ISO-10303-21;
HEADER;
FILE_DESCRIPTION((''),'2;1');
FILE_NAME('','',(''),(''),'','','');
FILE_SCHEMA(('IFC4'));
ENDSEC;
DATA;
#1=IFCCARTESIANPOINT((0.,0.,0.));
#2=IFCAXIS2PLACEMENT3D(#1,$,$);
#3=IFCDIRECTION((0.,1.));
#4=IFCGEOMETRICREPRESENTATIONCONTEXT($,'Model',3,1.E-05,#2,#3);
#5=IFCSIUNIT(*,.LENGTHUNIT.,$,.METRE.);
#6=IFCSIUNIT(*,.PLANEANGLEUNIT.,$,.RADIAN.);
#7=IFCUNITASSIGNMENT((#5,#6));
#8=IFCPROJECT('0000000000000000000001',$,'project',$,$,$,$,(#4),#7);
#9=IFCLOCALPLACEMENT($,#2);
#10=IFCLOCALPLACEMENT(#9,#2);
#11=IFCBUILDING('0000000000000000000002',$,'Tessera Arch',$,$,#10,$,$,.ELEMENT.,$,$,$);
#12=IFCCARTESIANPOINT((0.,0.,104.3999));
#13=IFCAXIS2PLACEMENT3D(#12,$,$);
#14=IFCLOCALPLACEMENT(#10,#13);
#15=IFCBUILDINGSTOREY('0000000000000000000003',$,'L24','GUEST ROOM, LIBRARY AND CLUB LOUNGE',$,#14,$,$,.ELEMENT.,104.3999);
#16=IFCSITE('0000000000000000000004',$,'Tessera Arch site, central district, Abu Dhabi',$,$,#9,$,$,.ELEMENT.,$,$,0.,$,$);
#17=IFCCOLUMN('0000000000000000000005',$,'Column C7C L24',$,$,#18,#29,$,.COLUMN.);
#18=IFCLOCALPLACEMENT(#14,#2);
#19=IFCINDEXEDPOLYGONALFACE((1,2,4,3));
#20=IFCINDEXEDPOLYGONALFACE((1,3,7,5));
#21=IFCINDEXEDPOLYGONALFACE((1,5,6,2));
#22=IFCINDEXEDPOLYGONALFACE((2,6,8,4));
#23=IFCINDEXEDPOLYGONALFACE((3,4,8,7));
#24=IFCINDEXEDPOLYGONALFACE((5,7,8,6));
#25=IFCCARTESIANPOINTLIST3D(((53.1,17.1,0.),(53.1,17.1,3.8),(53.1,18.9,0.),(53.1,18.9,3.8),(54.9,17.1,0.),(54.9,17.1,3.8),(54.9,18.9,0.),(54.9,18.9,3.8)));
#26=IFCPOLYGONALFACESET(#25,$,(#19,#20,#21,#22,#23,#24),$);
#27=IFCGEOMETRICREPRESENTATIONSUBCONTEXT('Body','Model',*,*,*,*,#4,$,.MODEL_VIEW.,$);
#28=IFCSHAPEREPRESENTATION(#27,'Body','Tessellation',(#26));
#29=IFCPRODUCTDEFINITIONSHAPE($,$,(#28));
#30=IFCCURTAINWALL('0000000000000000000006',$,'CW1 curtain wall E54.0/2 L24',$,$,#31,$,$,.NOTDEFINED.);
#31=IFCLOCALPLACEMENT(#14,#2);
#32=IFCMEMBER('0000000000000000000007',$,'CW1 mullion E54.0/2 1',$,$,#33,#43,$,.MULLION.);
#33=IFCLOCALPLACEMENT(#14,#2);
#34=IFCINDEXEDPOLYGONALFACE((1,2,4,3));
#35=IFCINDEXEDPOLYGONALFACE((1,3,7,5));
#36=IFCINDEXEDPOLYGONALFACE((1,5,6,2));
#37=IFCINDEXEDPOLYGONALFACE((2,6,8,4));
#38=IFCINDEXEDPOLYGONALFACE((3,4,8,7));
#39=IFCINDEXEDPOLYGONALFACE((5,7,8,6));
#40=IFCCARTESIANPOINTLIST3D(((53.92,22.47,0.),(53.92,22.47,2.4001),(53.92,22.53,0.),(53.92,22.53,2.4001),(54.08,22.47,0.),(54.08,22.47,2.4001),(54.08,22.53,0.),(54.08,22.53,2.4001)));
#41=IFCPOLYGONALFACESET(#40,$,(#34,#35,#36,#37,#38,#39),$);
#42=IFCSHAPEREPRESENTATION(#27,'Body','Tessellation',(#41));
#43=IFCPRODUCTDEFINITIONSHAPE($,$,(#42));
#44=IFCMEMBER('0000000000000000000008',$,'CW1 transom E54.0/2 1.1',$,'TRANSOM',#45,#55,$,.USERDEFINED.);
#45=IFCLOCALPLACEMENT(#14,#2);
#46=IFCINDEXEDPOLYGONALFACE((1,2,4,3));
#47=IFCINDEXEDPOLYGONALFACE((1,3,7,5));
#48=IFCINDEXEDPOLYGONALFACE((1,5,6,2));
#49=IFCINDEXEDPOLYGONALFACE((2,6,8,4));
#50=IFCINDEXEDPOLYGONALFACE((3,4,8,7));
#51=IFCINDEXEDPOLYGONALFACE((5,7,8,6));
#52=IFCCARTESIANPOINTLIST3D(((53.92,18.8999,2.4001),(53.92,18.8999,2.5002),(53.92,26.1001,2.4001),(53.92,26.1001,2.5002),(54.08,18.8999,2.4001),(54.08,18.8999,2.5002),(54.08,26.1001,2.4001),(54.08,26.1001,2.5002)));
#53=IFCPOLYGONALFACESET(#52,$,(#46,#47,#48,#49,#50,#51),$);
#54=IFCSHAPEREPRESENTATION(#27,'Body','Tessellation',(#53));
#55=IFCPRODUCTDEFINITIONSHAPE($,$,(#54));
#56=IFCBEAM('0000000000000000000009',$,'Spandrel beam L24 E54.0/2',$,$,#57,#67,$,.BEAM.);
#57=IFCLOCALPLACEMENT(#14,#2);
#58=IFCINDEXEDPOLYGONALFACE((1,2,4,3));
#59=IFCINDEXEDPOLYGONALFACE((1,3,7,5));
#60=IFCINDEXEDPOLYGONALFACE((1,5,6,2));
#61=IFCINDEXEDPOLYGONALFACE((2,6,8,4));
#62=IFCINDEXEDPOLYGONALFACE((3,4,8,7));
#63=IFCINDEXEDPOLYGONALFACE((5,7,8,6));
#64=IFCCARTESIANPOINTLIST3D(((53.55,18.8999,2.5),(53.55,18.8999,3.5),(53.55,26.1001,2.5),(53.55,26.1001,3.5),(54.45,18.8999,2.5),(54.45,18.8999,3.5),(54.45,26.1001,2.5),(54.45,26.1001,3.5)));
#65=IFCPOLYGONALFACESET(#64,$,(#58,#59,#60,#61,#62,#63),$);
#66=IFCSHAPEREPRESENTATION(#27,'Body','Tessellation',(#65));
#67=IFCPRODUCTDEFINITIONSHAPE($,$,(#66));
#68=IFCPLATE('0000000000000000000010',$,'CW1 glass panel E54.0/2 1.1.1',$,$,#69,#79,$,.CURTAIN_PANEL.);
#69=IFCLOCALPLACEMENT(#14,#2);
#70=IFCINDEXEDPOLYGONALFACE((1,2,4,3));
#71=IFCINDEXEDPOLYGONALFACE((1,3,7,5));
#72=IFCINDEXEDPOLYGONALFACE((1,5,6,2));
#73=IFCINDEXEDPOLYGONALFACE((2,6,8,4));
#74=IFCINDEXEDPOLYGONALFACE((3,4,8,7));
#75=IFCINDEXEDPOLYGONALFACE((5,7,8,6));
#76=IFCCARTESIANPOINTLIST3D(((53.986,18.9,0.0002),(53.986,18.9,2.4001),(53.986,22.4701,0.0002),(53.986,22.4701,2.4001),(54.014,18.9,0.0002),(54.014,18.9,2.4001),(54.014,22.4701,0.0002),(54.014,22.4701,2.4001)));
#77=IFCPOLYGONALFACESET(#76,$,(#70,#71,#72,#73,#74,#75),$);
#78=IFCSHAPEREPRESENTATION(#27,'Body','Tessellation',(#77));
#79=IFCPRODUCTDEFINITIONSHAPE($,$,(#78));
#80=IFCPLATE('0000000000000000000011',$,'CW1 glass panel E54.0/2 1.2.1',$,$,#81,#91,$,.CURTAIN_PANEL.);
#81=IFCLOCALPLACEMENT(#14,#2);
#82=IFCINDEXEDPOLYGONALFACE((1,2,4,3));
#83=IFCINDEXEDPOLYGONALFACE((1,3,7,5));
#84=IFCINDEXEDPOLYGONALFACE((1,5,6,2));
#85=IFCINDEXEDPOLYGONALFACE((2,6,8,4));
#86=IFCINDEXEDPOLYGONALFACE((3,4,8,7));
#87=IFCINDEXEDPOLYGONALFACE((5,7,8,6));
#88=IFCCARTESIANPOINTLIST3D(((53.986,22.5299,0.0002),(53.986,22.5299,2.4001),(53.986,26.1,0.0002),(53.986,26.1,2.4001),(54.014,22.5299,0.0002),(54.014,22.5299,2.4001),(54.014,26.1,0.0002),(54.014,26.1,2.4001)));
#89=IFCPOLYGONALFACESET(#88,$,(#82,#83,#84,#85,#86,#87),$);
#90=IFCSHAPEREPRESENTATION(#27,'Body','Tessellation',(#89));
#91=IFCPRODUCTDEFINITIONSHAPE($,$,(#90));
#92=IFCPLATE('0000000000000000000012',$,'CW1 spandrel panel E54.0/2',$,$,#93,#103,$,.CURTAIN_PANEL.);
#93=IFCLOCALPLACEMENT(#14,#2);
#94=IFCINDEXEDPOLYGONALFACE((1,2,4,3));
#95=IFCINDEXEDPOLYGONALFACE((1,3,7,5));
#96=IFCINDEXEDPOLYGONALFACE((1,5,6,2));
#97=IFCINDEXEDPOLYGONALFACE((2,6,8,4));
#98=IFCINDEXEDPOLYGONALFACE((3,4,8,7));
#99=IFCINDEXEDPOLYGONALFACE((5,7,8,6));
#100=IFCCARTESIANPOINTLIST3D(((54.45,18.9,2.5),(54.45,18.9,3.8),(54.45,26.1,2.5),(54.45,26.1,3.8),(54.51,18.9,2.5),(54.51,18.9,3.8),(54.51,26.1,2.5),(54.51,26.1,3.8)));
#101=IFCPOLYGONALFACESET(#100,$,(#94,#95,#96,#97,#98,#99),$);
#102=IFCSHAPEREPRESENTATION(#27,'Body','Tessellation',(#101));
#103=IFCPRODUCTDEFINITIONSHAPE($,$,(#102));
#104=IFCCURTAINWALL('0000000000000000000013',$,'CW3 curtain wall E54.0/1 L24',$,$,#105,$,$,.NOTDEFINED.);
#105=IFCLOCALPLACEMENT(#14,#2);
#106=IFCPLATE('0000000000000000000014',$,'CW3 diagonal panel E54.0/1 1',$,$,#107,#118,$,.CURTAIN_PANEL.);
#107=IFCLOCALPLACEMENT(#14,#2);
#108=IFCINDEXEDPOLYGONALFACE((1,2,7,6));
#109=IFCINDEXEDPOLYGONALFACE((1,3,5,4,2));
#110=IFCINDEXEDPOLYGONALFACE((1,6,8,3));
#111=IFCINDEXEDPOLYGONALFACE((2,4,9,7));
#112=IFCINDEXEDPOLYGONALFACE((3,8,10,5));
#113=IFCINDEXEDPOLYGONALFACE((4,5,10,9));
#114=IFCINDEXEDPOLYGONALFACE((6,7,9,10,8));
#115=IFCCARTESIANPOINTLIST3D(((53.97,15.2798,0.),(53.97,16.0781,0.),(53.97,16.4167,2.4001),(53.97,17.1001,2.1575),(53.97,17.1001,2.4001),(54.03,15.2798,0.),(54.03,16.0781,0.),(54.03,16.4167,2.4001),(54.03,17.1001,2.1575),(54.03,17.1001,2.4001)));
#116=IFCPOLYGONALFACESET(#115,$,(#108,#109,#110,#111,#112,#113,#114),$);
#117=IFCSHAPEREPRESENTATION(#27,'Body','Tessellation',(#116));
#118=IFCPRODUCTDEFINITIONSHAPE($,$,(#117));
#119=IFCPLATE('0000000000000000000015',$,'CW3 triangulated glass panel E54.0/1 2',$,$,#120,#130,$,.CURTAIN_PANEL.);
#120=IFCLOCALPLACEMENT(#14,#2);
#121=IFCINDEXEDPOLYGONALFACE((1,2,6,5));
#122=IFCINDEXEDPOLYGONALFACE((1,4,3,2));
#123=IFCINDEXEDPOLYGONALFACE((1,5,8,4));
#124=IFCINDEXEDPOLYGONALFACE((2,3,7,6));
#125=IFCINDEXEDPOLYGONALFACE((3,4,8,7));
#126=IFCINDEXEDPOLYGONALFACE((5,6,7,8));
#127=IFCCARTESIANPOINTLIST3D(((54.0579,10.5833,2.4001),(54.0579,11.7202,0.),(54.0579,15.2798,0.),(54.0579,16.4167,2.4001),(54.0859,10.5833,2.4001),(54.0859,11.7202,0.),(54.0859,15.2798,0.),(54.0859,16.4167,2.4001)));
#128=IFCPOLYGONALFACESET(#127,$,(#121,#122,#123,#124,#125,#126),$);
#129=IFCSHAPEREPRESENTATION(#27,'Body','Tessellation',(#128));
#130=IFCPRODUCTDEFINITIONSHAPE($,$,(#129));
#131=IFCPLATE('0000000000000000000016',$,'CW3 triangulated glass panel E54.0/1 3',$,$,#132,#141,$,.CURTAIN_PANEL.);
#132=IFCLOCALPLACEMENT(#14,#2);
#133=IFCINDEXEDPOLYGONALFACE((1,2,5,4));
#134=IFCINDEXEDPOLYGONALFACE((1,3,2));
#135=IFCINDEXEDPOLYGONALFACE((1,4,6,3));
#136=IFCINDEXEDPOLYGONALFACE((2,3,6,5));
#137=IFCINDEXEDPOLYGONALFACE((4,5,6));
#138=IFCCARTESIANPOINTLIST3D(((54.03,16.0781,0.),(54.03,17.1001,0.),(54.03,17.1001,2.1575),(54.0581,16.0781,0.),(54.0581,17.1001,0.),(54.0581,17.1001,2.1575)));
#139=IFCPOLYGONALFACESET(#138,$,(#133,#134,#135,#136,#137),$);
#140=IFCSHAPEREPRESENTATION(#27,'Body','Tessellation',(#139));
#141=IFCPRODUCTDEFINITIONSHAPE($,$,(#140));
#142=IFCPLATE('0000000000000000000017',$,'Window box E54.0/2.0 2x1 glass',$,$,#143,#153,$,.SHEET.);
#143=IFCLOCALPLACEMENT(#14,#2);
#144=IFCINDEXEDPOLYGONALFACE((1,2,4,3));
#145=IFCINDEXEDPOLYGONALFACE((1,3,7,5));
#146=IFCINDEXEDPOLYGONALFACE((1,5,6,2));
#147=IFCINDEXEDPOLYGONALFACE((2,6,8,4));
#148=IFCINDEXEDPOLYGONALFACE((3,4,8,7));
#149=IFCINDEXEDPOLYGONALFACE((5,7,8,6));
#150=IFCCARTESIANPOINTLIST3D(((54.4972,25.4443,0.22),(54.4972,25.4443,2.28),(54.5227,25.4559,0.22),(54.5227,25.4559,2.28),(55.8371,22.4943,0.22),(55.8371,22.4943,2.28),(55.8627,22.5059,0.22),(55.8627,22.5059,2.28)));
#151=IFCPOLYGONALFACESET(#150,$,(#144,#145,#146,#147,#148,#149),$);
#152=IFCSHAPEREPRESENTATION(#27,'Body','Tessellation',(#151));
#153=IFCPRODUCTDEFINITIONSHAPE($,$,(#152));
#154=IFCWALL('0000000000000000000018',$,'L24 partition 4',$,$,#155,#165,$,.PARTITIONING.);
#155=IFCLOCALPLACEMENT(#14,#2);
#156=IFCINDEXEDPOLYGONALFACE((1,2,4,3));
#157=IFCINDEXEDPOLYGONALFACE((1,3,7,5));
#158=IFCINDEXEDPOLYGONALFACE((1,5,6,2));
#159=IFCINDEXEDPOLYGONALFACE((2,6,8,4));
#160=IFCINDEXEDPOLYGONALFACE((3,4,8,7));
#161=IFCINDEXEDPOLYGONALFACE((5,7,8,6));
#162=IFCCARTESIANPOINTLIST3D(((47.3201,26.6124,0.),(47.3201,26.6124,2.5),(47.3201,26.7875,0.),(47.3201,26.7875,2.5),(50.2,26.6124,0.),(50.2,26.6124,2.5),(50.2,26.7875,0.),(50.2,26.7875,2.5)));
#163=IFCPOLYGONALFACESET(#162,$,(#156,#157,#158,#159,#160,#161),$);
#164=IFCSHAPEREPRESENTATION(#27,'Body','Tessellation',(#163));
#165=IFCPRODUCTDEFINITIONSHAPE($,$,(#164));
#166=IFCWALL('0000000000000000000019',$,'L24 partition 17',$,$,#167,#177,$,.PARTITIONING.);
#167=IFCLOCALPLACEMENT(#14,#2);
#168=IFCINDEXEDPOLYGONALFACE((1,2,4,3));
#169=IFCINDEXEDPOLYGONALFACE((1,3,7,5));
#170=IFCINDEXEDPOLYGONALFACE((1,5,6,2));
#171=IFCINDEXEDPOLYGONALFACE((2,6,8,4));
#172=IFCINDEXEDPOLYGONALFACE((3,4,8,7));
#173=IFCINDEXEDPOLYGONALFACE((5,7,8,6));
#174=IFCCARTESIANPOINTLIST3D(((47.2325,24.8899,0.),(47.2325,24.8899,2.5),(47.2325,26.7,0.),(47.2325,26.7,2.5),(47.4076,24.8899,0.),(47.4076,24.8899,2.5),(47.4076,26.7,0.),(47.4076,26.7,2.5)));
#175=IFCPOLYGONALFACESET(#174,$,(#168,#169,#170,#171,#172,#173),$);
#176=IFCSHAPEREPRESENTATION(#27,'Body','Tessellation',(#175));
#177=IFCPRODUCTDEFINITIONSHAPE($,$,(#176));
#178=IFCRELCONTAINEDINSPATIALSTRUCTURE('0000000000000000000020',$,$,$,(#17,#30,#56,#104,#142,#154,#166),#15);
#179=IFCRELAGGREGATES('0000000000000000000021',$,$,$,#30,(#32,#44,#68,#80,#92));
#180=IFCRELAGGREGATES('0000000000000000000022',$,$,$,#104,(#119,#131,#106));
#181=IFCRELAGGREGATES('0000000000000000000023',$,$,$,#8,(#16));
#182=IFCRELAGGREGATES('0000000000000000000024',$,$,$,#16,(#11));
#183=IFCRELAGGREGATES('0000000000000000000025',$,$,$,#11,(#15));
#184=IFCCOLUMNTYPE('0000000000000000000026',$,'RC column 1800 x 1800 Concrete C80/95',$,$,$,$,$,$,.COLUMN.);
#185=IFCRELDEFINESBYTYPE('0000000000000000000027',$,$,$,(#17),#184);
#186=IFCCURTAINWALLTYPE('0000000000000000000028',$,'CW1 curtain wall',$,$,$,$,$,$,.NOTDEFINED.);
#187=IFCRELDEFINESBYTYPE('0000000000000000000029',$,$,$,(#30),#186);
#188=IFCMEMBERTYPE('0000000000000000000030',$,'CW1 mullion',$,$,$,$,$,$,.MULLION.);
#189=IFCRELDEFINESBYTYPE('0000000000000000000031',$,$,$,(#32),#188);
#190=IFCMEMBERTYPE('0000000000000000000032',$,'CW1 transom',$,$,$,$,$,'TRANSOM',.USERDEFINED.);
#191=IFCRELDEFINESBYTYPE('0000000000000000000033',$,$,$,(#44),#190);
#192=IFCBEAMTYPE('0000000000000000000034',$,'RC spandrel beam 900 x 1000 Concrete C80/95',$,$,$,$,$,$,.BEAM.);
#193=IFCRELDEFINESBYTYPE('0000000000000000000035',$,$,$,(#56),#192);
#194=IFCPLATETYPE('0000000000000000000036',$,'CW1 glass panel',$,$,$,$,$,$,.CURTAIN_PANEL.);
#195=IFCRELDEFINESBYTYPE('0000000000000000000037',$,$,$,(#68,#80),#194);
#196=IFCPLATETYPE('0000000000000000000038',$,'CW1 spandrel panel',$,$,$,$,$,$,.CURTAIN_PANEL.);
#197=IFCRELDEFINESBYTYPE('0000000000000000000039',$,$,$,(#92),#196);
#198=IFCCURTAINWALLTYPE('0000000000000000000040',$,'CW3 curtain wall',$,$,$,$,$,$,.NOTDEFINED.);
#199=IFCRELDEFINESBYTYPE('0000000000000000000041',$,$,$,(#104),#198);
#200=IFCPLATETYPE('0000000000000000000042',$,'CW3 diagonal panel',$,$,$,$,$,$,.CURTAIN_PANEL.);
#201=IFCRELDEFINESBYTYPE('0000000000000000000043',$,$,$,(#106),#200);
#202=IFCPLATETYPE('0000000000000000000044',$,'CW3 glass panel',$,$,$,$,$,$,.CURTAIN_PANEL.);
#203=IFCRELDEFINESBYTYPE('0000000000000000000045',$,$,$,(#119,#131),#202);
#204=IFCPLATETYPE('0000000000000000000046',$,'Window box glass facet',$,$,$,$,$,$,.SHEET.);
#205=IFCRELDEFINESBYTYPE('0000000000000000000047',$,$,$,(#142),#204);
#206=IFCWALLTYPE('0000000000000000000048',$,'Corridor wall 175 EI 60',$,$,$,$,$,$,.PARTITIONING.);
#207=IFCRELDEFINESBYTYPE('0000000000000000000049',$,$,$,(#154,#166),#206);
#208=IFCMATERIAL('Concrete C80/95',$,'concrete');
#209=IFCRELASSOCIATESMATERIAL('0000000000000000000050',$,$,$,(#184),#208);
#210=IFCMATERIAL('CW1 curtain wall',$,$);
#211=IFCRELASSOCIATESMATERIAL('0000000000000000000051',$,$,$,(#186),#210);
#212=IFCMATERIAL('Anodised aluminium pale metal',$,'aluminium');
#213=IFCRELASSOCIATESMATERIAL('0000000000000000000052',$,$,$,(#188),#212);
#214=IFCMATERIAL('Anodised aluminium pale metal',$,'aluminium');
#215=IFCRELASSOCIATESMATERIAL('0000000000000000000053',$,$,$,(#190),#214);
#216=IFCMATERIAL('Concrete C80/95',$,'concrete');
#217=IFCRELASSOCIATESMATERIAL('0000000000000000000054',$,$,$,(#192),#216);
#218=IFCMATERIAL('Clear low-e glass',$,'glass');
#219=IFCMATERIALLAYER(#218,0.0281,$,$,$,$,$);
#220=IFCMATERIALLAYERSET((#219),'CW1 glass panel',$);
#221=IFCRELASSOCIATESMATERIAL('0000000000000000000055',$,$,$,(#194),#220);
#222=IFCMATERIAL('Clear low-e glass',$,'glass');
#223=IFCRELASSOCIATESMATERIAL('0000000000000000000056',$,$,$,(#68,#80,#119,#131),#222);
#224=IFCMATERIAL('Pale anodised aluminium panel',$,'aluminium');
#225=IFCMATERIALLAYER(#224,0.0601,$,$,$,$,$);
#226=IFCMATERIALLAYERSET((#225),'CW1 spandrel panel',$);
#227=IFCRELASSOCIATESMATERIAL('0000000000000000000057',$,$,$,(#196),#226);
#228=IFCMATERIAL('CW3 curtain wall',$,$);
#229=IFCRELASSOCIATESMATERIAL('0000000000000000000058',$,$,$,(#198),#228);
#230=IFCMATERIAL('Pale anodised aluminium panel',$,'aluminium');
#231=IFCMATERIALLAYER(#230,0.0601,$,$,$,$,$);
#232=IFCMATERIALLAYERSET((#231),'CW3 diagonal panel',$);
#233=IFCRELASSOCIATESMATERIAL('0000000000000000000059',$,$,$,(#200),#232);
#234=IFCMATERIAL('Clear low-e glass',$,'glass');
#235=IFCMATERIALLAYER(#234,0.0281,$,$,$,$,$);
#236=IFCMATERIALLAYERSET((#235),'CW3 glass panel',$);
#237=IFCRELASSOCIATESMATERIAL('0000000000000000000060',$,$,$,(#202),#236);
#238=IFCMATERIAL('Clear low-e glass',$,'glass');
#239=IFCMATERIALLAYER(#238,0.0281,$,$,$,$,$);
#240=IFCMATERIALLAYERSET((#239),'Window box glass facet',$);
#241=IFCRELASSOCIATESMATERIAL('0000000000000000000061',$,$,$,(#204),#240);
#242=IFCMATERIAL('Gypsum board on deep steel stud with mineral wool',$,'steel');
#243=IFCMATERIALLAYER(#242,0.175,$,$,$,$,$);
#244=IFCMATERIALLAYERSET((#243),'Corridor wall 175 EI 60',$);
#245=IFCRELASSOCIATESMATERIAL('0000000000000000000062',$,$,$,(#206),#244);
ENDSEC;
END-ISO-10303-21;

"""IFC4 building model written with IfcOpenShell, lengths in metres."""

from ifc_helpers import new_model, si_unit, direction, frame, frame_2d, origin, origin_2d, place, context, subcontext, project, spatial, polyline, rectangle, outline, extrude, material, layer, layer_set, material_profile, profile_set, type_object, element, aggregate, save


model = new_model("IFC4")

# Units and contexts
model_context = context("Model", 3, precision=1e-05, world=origin(), true_north=direction((0.0, 1.0)))
body_context = subcontext(model_context, "Body", "Model", "MODEL_VIEW")
ifc_project = project(units=[si_unit("LENGTHUNIT", "METRE"), si_unit("PLANEANGLEUNIT", "RADIAN")], contexts=[model_context])

# Site, building, storey
site_placement = place(None, origin())
site = spatial("IfcSite", under=ifc_project, at=site_placement, Name="Tessera Arch site, central district, Abu Dhabi", CompositionType="ELEMENT", RefElevation=0.0)
building_placement = place(site_placement, origin())
building = spatial("IfcBuilding", under=site, at=building_placement, Name="Tessera Arch", CompositionType="ELEMENT")
storey_placement = place(building_placement, frame((0.0, 0.0, 104.3999)))
storey = spatial("IfcBuildingStorey", under=building, at=storey_placement, Name="L24", Description="GUEST ROOM, LIBRARY AND CLUB LOUNGE", CompositionType="ELEMENT", Elevation=104.3999)

# Column
ifc_material_1 = material(Name="Concrete C80/95", Category="concrete")
ifc_material_profile_1 = material_profile(ifc_material_1, rectangle(XDim=1.8, YDim=1.8, at=origin_2d()), Name="RC column 1800 x 1800 Concrete C80/95")
ifc_profile_set_1 = profile_set([ifc_material_profile_1], Name="Concrete C80/95")
column_type = type_object("IfcColumnType", Name="RC column 1800 x 1800 Concrete C80/95", PredefinedType="COLUMN", material=ifc_profile_set_1)
column_placement = place(storey_placement, frame((54.0, 18.0, 0.0), z_axis=(0.0, 0.0, 1.0), x_axis=(1.0, 0.0, 0.0)))
element("IfcColumn", 1, at=column_placement, inside=storey, type_object=column_type, Name="Column C7C L24", PredefinedType="COLUMN", context=body_context, shape_type="SweptSolid", body=[
    extrude(rectangle(XDim=1.8, YDim=1.8, at=origin_2d()), origin(), (0.0, 0.0, 1.0), 3.8),
])

# Curtain wall, members
ifc_material_2 = material(Name="CW1 curtain wall")
curtain_wall_type_1 = type_object("IfcCurtainWallType", Name="CW1 curtain wall", PredefinedType="NOTDEFINED", material=ifc_material_2)
curtain_wall_1_placement = place(storey_placement, origin())
curtain_wall_1 = element("IfcCurtainWall", 2, at=curtain_wall_1_placement, inside=storey, type_object=curtain_wall_type_1, Name="CW1 curtain wall E54.0/2 L24", PredefinedType="NOTDEFINED")
ifc_material_3 = material(Name="Anodised aluminium pale metal", Category="aluminium")
ifc_material_profile_2 = material_profile(ifc_material_3, rectangle(XDim=0.1599, YDim=0.0601, at=origin_2d()), Name="AL 60x160")
ifc_profile_set_2 = profile_set([ifc_material_profile_2], Name="Anodised aluminium pale metal")
member_type_1 = type_object("IfcMemberType", Name="CW1 mullion", PredefinedType="MULLION", material=ifc_profile_set_2)
member_1_placement = place(storey_placement, frame((54.0, 22.5, 0.0), z_axis=(0.0, 0.0, 1.0), x_axis=(-1.0, 0.0, 0.0)))
member_1 = element("IfcMember", 3, at=member_1_placement, type_object=member_type_1, Name="CW1 mullion E54.0/2 1", PredefinedType="MULLION", context=body_context, shape_type="SweptSolid", body=[
    extrude(rectangle(XDim=0.1599, YDim=0.0601, at=origin_2d()), origin(), (0.0, 0.0, 1.0), 2.4001),
])
ifc_material_4 = material(Name="Anodised aluminium pale metal", Category="aluminium")
ifc_material_profile_3 = material_profile(ifc_material_4, rectangle(XDim=0.1599, YDim=0.1001, at=origin_2d()), Name="AL 160x100")
ifc_profile_set_3 = profile_set([ifc_material_profile_3], Name="Anodised aluminium pale metal")
member_type_2 = type_object("IfcMemberType", Name="CW1 transom", ElementType="TRANSOM", PredefinedType="USERDEFINED", material=ifc_profile_set_3)
member_2_placement = place(storey_placement, frame((54.0, 18.8999, 2.4502), z_axis=(0.0, 1.0, 0.0), x_axis=(-1.0, 0.0, 0.0)))
member_2 = element("IfcMember", 4, at=member_2_placement, type_object=member_type_2, Name="CW1 transom E54.0/2 1.1", ObjectType="TRANSOM", PredefinedType="USERDEFINED", context=body_context, shape_type="SweptSolid", body=[
    extrude(rectangle(XDim=0.1599, YDim=0.1001, at=origin_2d()), origin(), (0.0, 0.0, 1.0), 7.2002),
])

# Beam
ifc_material_5 = material(Name="Concrete C80/95", Category="concrete")
ifc_material_profile_4 = material_profile(ifc_material_5, rectangle(XDim=0.8999, YDim=1.0, at=origin_2d()), Name="RC spandrel beam 900 x 1000 Concrete C80/95")
ifc_profile_set_4 = profile_set([ifc_material_profile_4], Name="Concrete C80/95")
beam_type = type_object("IfcBeamType", Name="RC spandrel beam 900 x 1000 Concrete C80/95", PredefinedType="BEAM", material=ifc_profile_set_4)
beam_placement = place(storey_placement, frame((54.0, 18.8999, 3.0), z_axis=(0.0, 1.0, 0.0), x_axis=(-1.0, 0.0, 0.0)))
element("IfcBeam", 5, at=beam_placement, inside=storey, type_object=beam_type, Name="Spandrel beam L24 E54.0/2", PredefinedType="BEAM", context=body_context, shape_type="SweptSolid", body=[
    extrude(rectangle(XDim=0.8999, YDim=1.0, at=origin_2d()), origin(), (0.0, 0.0, 1.0), 7.2002),
])

# Plates
ifc_material_6 = material(Name="Clear low-e glass", Category="glass")
ifc_material_7 = material(Name="Clear low-e glass", Category="glass")
ifc_layer_1 = layer(ifc_material_7, 0.0281)
ifc_layer_set_1 = layer_set([ifc_layer_1], Name="CW1 glass panel")
plate_type_1 = type_object("IfcPlateType", Name="CW1 glass panel", PredefinedType="CURTAIN_PANEL", material=ifc_layer_set_1)
plate_1_placement = place(storey_placement, frame((54.0, 20.6851, 0.0002), z_axis=(0.0, 0.0, 1.0), x_axis=(0.0, 1.0, 0.0)))
plate_1 = element("IfcPlate", 6, at=plate_1_placement, type_object=plate_type_1, material=ifc_material_6, Name="CW1 glass panel E54.0/2 1.1.1", PredefinedType="CURTAIN_PANEL", context=body_context, shape_type="SweptSolid", body=[
    extrude(rectangle(XDim=3.5701, YDim=0.0281, at=origin_2d()), origin(), (0.0, 0.0, 1.0), 2.3999),
])
plate_2_placement = place(storey_placement, frame((54.0, 24.3149, 0.0002), z_axis=(0.0, 0.0, 1.0), x_axis=(0.0, 1.0, 0.0)))
plate_2 = element("IfcPlate", 7, at=plate_2_placement, type_object=plate_type_1, material=ifc_material_6, Name="CW1 glass panel E54.0/2 1.2.1", PredefinedType="CURTAIN_PANEL", context=body_context, shape_type="SweptSolid", body=[
    extrude(rectangle(XDim=3.5701, YDim=0.0281, at=origin_2d()), origin(), (0.0, 0.0, 1.0), 2.3999),
])
ifc_material_8 = material(Name="Pale anodised aluminium panel", Category="aluminium")
ifc_layer_2 = layer(ifc_material_8, 0.0601)
ifc_layer_set_2 = layer_set([ifc_layer_2], Name="CW1 spandrel panel")
plate_type_2 = type_object("IfcPlateType", Name="CW1 spandrel panel", PredefinedType="CURTAIN_PANEL", material=ifc_layer_set_2)
plate_3_placement = place(storey_placement, frame((54.48, 22.5, 2.5), z_axis=(0.0, 0.0, 1.0), x_axis=(0.0, 1.0, 0.0)))
plate_3 = element("IfcPlate", 8, at=plate_3_placement, type_object=plate_type_2, Name="CW1 spandrel panel E54.0/2", PredefinedType="CURTAIN_PANEL", context=body_context, shape_type="SweptSolid", body=[
    extrude(rectangle(XDim=7.2, YDim=0.0601, at=origin_2d()), origin(), (0.0, 0.0, 1.0), 1.3),
])
aggregate(curtain_wall_1, [member_1, member_2, plate_1, plate_2, plate_3])

# Curtain wall, plates
ifc_material_9 = material(Name="CW3 curtain wall")
curtain_wall_type_2 = type_object("IfcCurtainWallType", Name="CW3 curtain wall", PredefinedType="NOTDEFINED", material=ifc_material_9)
curtain_wall_2_placement = place(storey_placement, origin())
curtain_wall_2 = element("IfcCurtainWall", 9, at=curtain_wall_2_placement, inside=storey, type_object=curtain_wall_type_2, Name="CW3 curtain wall E54.0/1 L24", PredefinedType="NOTDEFINED")
ifc_material_10 = material(Name="Pale anodised aluminium panel", Category="aluminium")
ifc_layer_3 = layer(ifc_material_10, 0.0601)
ifc_layer_set_3 = layer_set([ifc_layer_3], Name="CW3 diagonal panel")
plate_type_3 = type_object("IfcPlateType", Name="CW3 diagonal panel", PredefinedType="CURTAIN_PANEL", material=ifc_layer_set_3)
plate_4_placement = place(storey_placement, frame((54.03, 17.1001, 2.4001), z_axis=(1.0, 0.0, 0.0), x_axis=(0.0, -1.0, 0.0)))
plate_4 = element("IfcPlate", 10, at=plate_4_placement, type_object=plate_type_3, Name="CW3 diagonal panel E54.0/1 1", PredefinedType="CURTAIN_PANEL", context=body_context, shape_type="SweptSolid", body=[
    extrude(outline(polyline([(0.0, 0.0), (0.6833, 0.0), (1.8203, 2.4001), (1.022, 2.4001), (0.0, 0.2427), (0.0, 0.0)])), origin(), (0.0, 0.0, -1.0), 0.0601),
])
ifc_material_11 = material(Name="Clear low-e glass", Category="glass")
ifc_layer_4 = layer(ifc_material_11, 0.0281)
ifc_layer_set_4 = layer_set([ifc_layer_4], Name="CW3 glass panel")
plate_type_4 = type_object("IfcPlateType", Name="CW3 glass panel", PredefinedType="CURTAIN_PANEL", material=ifc_layer_set_4)
plate_5_placement = place(storey_placement, frame((54.0859, 16.4167, 2.4001), z_axis=(1.0, 0.0, 0.0), x_axis=(0.0, -1.0, 0.0)))
plate_5 = element("IfcPlate", 11, at=plate_5_placement, type_object=plate_type_4, material=ifc_material_6, Name="CW3 triangulated glass panel E54.0/1 2", PredefinedType="CURTAIN_PANEL", context=body_context, shape_type="SweptSolid", body=[
    extrude(outline(polyline([(0.0, 0.0), (5.8335, 0.0), (4.6965, 2.4001), (1.137, 2.4001), (0.0, 0.0)])), origin(), (0.0, 0.0, -1.0), 0.0281),
])
plate_6_placement = place(storey_placement, frame((54.0581, 17.1001, 0.0), z_axis=(1.0, 0.0, 0.0), x_axis=(0.0, 0.0, 1.0)))
plate_6 = element("IfcPlate", 12, at=plate_6_placement, type_object=plate_type_4, material=ifc_material_6, Name="CW3 triangulated glass panel E54.0/1 3", PredefinedType="CURTAIN_PANEL", context=body_context, shape_type="SweptSolid", body=[
    extrude(outline(polyline([(0.0, 0.0), (2.1575, 0.0), (0.0, 1.022), (0.0, 0.0)])), origin(), (0.0, 0.0, -1.0), 0.0281),
])
aggregate(curtain_wall_2, [plate_5, plate_6, plate_4])

# Plate
ifc_material_12 = material(Name="Clear low-e glass", Category="glass")
ifc_layer_5 = layer(ifc_material_12, 0.0281)
ifc_layer_set_5 = layer_set([ifc_layer_5], Name="Window box glass facet")
plate_type_5 = type_object("IfcPlateType", Name="Window box glass facet", PredefinedType="SHEET", material=ifc_layer_set_5)
plate_7_placement = place(storey_placement, frame((55.1799, 23.9751, 0.22), z_axis=(0.0, 0.0, 1.0), x_axis=(0.41357, -0.910472, 0.0)))
element("IfcPlate", 13, at=plate_7_placement, inside=storey, type_object=plate_type_5, Name="Window box E54.0/2.0 2x1 glass", PredefinedType="SHEET", context=body_context, shape_type="SweptSolid", body=[
    extrude(rectangle(XDim=3.24, YDim=0.0281, at=origin_2d()), origin(), (0.0, 0.0, 1.0), 2.0601),
])

# Walls
ifc_material_13 = material(Name="Gypsum board on deep steel stud with mineral wool", Category="steel")
ifc_layer_6 = layer(ifc_material_13, 0.175)
ifc_layer_set_6 = layer_set([ifc_layer_6], Name="Corridor wall 175 EI 60")
wall_type_1 = type_object("IfcWallType", Name="Corridor wall 175 EI 60", PredefinedType="PARTITIONING", material=ifc_layer_set_6)
wall_1_placement = place(storey_placement, frame((47.3201, 26.7, 0.0), z_axis=(0.0, 0.0, 1.0), x_axis=(1.0, 0.0, 0.0)))
element("IfcWall", 14, at=wall_1_placement, inside=storey, type_object=wall_type_1, Name="L24 partition 4", PredefinedType="PARTITIONING", context=body_context, shape_type="SweptSolid", body=[
    extrude(rectangle(XDim=2.8799, YDim=0.175, at=frame_2d((1.4399, 0.0))), origin(), (0.0, 0.0, 1.0), 2.5),
])
wall_2_placement = place(storey_placement, frame((47.3201, 24.8899, 0.0), z_axis=(0.0, 0.0, 1.0), x_axis=(0.0, 1.0, 0.0)))
element("IfcWall", 15, at=wall_2_placement, inside=storey, type_object=wall_type_1, Name="L24 partition 17", PredefinedType="PARTITIONING", context=body_context, shape_type="SweptSolid", body=[
    extrude(rectangle(XDim=1.8101, YDim=0.175, at=frame_2d((0.905, 0.0))), origin(), (0.0, 0.0, 1.0), 2.5),
])

save(model, "model.ifc")
